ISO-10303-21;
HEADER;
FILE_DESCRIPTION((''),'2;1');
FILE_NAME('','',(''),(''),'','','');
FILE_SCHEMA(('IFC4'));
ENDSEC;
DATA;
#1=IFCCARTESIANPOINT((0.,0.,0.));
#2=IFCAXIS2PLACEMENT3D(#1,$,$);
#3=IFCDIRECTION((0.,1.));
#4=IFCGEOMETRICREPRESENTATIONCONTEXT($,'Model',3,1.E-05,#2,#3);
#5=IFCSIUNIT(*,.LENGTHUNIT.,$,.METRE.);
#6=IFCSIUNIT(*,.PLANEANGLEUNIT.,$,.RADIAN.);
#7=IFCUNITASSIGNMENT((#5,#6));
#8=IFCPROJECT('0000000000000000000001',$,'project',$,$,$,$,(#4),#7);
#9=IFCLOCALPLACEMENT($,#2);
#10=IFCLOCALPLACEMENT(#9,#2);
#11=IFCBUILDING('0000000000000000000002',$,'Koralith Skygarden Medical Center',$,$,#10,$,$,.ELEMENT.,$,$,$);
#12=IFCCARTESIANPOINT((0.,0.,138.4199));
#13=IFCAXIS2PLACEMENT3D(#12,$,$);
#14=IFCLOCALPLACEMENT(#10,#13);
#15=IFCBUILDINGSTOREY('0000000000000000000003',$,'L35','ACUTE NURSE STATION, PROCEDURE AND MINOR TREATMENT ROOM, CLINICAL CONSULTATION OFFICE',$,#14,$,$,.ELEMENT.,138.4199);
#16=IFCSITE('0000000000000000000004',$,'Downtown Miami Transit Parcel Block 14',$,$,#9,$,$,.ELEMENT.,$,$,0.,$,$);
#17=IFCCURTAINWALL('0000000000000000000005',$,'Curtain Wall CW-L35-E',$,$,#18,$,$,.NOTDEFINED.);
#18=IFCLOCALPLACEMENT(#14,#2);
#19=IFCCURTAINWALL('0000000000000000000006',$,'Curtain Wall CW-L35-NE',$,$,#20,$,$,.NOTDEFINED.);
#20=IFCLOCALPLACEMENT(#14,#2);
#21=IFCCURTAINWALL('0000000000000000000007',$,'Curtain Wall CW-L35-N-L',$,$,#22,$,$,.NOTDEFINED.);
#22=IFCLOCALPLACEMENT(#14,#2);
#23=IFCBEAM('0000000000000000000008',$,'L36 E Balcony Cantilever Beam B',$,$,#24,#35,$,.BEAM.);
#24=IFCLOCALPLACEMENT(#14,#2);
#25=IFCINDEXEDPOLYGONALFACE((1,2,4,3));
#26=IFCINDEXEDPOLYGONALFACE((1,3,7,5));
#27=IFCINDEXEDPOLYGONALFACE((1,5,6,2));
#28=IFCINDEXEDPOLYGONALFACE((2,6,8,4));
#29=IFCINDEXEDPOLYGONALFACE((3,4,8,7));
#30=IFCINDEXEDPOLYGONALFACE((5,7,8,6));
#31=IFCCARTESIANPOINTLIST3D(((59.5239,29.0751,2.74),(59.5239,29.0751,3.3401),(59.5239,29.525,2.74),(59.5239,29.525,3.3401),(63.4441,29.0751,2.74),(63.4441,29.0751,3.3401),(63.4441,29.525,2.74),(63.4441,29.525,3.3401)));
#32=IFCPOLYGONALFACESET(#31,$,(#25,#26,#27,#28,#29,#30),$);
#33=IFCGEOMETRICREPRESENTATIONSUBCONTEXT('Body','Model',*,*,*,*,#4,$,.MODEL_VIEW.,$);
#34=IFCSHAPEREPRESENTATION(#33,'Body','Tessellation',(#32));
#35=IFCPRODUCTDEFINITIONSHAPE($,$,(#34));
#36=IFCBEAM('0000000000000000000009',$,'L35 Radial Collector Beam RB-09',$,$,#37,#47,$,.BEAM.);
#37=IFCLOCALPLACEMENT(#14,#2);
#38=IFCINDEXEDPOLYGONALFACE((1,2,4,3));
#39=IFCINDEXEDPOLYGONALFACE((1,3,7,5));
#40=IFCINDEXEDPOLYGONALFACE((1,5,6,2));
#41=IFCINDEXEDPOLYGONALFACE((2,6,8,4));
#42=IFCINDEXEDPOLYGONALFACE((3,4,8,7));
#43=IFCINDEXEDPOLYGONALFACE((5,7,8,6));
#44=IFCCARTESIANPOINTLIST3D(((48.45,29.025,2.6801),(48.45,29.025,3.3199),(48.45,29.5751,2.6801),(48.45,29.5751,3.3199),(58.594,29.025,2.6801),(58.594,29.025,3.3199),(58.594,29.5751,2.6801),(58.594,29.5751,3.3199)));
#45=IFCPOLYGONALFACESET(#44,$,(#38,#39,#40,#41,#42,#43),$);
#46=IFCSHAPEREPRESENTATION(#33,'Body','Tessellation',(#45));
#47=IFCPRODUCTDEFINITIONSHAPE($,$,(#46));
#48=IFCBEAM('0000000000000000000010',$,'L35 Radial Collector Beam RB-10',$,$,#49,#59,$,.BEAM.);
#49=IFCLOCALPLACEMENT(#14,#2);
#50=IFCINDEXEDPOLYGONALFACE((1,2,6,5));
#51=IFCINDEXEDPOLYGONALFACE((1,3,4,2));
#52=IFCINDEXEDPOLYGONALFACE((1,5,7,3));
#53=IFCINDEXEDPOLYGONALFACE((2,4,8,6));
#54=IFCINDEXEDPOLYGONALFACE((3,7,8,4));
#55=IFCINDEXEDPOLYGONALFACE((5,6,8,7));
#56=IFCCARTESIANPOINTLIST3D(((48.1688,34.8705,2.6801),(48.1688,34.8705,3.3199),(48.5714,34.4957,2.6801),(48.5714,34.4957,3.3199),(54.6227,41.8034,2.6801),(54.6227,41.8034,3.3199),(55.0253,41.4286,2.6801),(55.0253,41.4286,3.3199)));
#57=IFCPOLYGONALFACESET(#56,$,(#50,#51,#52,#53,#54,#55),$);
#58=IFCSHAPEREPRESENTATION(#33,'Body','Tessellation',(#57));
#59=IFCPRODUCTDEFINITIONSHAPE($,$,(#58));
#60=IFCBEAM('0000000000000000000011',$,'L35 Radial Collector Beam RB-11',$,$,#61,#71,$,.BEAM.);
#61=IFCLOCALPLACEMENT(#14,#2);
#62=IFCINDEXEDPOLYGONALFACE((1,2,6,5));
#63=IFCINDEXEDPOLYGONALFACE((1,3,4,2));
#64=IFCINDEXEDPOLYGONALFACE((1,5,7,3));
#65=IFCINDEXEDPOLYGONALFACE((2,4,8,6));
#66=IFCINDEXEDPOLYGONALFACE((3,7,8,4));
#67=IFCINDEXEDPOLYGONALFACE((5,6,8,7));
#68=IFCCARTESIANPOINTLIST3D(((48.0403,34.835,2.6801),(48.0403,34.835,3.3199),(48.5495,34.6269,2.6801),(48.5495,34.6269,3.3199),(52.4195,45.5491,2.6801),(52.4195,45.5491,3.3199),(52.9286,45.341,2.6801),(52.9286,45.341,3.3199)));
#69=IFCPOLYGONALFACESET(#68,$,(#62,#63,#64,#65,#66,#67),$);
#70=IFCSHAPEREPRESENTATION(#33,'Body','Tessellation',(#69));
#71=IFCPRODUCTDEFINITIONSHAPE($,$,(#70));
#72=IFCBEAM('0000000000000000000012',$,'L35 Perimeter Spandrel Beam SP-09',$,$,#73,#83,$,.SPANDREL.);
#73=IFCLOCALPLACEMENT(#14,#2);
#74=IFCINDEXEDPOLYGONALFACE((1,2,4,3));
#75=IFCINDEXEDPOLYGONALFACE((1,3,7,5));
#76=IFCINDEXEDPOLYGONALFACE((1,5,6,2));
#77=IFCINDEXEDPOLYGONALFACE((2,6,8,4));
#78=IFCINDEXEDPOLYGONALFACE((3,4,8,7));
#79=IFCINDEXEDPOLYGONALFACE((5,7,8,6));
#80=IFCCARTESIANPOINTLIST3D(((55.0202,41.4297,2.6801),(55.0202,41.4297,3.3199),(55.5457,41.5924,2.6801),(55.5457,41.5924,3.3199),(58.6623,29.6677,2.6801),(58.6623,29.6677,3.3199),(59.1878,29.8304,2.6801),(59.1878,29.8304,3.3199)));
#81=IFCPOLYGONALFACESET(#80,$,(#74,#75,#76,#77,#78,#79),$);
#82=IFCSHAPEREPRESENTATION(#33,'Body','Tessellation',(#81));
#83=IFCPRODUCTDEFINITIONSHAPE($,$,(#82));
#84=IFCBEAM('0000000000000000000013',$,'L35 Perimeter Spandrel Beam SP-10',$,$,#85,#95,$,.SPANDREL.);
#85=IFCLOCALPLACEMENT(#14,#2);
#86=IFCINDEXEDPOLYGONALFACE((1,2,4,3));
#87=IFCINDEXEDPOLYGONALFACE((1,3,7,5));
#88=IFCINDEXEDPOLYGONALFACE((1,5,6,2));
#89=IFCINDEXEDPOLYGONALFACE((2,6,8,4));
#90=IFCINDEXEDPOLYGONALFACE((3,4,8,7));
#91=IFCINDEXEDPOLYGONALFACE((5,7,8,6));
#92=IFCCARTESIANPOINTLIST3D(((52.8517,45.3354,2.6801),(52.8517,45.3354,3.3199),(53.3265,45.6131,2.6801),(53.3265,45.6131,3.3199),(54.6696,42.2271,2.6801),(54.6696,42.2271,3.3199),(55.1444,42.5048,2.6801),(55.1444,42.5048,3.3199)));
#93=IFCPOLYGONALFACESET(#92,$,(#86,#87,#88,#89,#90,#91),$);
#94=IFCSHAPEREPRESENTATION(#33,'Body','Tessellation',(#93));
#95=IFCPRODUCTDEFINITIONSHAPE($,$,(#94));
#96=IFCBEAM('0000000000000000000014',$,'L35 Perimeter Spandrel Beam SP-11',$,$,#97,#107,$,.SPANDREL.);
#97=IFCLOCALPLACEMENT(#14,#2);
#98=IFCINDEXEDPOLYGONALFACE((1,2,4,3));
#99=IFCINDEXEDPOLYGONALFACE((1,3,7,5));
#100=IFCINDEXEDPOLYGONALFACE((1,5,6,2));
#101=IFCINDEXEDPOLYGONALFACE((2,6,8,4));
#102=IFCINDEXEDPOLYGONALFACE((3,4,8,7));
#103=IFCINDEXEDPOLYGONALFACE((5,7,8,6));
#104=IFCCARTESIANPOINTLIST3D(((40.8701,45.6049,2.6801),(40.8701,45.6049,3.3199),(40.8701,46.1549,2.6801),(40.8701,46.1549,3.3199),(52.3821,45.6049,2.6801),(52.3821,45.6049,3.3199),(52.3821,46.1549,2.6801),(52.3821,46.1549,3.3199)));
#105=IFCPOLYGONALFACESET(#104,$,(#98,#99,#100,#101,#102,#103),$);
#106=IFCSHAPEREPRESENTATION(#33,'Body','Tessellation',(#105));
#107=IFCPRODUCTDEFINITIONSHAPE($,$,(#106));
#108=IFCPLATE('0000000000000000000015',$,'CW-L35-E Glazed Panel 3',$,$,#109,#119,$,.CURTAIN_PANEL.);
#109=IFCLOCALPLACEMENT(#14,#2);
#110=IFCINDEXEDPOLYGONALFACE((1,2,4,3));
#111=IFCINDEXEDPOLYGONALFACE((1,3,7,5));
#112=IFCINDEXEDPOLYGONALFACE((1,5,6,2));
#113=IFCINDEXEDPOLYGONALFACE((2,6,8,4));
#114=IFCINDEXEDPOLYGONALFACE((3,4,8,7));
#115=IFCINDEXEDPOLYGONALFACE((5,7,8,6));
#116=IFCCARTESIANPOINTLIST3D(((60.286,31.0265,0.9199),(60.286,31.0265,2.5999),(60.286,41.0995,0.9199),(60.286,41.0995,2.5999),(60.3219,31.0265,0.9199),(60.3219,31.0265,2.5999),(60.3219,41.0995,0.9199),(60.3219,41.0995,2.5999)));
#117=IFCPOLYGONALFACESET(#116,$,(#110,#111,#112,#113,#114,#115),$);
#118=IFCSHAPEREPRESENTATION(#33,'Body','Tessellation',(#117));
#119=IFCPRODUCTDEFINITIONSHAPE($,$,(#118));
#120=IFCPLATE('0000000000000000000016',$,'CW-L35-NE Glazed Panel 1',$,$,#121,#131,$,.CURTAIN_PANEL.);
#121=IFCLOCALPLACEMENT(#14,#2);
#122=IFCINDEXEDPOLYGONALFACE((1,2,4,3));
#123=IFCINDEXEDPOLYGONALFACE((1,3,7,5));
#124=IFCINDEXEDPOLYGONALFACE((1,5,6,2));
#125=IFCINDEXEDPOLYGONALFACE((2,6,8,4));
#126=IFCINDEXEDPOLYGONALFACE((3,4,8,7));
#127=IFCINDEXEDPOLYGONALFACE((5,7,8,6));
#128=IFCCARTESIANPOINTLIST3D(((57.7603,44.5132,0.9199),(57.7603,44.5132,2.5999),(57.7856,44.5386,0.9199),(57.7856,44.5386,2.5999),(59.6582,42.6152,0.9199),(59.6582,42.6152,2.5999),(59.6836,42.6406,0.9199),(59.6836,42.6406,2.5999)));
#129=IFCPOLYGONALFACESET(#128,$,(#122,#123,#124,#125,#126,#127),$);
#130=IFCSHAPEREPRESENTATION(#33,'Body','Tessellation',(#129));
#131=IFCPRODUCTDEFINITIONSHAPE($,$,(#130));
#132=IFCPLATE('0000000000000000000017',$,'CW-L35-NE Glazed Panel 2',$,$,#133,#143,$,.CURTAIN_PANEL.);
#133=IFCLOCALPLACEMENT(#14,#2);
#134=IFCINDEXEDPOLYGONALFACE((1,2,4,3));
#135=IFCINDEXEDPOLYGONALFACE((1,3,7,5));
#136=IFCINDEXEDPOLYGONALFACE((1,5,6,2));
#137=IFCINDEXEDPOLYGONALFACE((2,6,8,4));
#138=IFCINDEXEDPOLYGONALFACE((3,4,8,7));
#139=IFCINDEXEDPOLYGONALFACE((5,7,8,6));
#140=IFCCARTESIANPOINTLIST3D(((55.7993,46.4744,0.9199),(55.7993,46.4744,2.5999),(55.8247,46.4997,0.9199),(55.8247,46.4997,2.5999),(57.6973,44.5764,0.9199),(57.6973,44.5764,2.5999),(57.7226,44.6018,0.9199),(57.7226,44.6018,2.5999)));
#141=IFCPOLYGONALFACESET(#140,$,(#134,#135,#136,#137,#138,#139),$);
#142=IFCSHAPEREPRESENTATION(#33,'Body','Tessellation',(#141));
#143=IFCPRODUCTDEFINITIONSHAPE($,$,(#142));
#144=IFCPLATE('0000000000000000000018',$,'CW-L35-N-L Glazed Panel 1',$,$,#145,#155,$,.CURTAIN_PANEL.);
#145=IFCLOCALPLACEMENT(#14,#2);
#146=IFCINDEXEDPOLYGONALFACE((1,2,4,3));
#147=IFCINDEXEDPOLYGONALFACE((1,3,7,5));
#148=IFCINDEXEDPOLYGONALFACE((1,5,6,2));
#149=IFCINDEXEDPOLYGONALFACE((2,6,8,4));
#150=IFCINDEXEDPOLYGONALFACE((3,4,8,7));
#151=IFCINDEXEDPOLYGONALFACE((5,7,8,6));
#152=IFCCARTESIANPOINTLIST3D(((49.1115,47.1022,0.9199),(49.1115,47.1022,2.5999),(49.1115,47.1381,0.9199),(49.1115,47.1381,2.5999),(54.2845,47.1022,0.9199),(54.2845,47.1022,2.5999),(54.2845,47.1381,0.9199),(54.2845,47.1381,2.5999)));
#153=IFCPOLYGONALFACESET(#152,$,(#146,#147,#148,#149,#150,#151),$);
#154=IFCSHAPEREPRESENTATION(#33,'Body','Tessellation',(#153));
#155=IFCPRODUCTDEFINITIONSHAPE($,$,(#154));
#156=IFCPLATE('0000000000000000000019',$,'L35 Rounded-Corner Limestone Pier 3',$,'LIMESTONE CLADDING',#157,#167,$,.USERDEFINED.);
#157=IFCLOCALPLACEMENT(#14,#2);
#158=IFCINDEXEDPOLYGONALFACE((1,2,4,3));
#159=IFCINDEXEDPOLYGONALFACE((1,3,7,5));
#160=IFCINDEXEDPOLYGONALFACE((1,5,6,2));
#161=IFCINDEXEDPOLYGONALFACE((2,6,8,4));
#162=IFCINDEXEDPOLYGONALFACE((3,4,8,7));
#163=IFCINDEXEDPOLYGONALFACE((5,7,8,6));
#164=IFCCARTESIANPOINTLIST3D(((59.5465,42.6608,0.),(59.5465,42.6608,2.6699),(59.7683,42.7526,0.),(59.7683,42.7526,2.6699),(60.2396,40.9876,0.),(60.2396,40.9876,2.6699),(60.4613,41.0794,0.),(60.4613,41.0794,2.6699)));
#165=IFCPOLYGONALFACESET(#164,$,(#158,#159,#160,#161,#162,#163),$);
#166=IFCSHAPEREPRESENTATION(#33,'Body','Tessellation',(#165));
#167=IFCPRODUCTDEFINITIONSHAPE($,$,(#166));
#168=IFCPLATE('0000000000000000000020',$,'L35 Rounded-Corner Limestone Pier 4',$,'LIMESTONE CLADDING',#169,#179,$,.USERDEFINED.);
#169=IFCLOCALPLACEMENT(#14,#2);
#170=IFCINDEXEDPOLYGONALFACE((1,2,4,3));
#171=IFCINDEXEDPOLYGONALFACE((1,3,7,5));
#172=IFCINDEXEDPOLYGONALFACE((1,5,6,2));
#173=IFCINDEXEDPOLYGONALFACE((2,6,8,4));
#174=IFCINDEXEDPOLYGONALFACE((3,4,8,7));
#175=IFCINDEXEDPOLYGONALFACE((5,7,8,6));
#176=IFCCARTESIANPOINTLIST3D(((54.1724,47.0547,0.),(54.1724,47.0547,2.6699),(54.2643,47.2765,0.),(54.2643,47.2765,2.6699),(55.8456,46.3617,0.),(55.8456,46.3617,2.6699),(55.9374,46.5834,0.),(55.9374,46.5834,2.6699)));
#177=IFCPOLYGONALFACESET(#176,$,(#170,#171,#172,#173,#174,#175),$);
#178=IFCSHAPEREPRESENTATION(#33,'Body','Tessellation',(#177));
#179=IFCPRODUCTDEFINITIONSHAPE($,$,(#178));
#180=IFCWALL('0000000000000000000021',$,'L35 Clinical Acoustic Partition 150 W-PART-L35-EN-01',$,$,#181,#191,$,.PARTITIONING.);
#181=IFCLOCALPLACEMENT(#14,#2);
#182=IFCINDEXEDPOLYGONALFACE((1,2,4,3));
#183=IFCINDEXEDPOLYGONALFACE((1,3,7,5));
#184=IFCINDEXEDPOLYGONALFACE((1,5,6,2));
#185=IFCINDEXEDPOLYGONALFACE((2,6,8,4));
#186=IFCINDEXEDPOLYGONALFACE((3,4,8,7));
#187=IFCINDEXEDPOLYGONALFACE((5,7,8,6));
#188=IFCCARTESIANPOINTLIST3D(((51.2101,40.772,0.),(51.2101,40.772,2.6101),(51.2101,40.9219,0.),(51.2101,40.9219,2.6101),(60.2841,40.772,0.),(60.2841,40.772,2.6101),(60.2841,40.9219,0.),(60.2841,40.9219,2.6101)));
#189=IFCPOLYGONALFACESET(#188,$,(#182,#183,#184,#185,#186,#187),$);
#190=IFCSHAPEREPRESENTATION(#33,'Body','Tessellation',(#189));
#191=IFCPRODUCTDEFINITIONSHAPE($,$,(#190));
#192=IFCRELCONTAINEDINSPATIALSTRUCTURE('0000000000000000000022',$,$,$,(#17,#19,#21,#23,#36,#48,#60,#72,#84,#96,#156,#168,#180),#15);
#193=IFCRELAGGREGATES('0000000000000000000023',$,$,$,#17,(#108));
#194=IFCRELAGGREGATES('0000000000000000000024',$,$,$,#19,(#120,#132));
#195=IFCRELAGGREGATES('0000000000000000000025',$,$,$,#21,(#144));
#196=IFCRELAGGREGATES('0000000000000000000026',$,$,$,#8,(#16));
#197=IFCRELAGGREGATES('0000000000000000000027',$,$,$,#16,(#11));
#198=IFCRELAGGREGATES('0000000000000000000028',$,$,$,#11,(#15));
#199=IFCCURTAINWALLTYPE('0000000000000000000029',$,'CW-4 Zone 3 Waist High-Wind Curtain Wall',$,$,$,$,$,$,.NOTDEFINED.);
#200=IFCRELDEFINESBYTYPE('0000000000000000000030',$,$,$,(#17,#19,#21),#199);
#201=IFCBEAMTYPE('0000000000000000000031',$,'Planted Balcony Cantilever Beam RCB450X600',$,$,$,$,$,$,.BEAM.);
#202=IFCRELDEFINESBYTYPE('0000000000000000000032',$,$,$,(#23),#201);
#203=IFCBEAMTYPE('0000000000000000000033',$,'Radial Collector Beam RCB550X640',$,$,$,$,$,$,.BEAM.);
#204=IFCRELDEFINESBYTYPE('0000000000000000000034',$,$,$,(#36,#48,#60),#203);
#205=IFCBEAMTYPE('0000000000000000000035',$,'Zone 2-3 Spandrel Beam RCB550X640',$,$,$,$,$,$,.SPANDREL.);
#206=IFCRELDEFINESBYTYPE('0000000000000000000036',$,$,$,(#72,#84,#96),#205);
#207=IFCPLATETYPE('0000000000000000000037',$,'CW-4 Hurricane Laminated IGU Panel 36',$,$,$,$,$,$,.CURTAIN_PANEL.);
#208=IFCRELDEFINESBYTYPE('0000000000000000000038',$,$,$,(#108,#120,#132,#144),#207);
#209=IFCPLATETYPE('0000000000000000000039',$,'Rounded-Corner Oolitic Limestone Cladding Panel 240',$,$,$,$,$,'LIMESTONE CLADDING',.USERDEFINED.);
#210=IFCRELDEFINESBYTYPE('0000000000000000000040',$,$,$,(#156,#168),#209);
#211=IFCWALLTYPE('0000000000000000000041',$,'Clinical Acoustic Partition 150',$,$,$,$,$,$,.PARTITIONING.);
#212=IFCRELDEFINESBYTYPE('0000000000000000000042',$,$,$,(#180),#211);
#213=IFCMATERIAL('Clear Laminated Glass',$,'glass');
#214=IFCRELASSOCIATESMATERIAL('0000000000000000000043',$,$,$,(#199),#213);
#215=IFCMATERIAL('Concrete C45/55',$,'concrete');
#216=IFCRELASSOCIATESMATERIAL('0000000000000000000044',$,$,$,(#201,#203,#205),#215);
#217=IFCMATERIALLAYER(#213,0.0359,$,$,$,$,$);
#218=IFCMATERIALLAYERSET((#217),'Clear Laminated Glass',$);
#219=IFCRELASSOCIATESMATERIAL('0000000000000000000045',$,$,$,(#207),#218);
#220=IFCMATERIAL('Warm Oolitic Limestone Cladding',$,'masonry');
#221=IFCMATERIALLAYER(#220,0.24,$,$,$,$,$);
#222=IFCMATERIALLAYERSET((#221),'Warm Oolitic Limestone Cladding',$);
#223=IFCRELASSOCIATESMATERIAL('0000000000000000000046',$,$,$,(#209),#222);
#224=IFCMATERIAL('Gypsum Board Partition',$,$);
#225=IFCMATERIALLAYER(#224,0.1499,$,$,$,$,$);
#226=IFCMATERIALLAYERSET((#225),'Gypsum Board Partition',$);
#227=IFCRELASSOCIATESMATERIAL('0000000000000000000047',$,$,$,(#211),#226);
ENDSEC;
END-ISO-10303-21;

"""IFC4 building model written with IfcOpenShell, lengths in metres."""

from ifc_helpers import new_model, si_unit, direction, frame, frame_2d, origin, origin_2d, place, context, subcontext, project, spatial, rectangle, extrude, material, layer, layer_set, material_profile, profile_set, type_object, element, aggregate, save


model = new_model("IFC4")

# Units and contexts
model_context = context("Model", 3, precision=1e-05, world=origin(), true_north=direction((0.0, 1.0)))
body_context = subcontext(model_context, "Body", "Model", "MODEL_VIEW")
ifc_project = project(units=[si_unit("LENGTHUNIT", "METRE"), si_unit("PLANEANGLEUNIT", "RADIAN")], contexts=[model_context])

# Site, building, storey
site_placement = place(None, origin())
site = spatial("IfcSite", under=ifc_project, at=site_placement, Name="Downtown Miami Transit Parcel Block 14", CompositionType="ELEMENT", RefElevation=0.0)
building_placement = place(site_placement, origin())
building = spatial("IfcBuilding", under=site, at=building_placement, Name="Koralith Skygarden Medical Center", CompositionType="ELEMENT")
storey_placement = place(building_placement, frame((0.0, 0.0, 138.4199)))
storey = spatial("IfcBuildingStorey", under=building, at=storey_placement, Name="L35", Description="ACUTE NURSE STATION, PROCEDURE AND MINOR TREATMENT ROOM, CLINICAL CONSULTATION OFFICE", CompositionType="ELEMENT", Elevation=138.4199)

# Curtain walls
ifc_material_1 = material(Name="Clear Laminated Glass", Category="glass")
curtain_wall_type = type_object("IfcCurtainWallType", Name="CW-4 Zone 3 Waist High-Wind Curtain Wall", PredefinedType="NOTDEFINED", material=ifc_material_1)
curtain_wall_1_placement = place(storey_placement, origin())
curtain_wall_1 = element("IfcCurtainWall", 1, at=curtain_wall_1_placement, inside=storey, type_object=curtain_wall_type, Name="Curtain Wall CW-L35-E", PredefinedType="NOTDEFINED")
curtain_wall_2_placement = place(storey_placement, origin())
curtain_wall_2 = element("IfcCurtainWall", 2, at=curtain_wall_2_placement, inside=storey, type_object=curtain_wall_type, Name="Curtain Wall CW-L35-NE", PredefinedType="NOTDEFINED")
curtain_wall_3_placement = place(storey_placement, origin())
curtain_wall_3 = element("IfcCurtainWall", 3, at=curtain_wall_3_placement, inside=storey, type_object=curtain_wall_type, Name="Curtain Wall CW-L35-N-L", PredefinedType="NOTDEFINED")

# Beams
ifc_material_2 = material(Name="Concrete C45/55", Category="concrete")
ifc_material_profile_1 = material_profile(ifc_material_2, rectangle(XDim=0.45, YDim=0.6001, at=origin_2d()), Name="RCB450X600")
ifc_profile_set_1 = profile_set([ifc_material_profile_1], Name="Concrete C45/55")
beam_type_1 = type_object("IfcBeamType", Name="Planted Balcony Cantilever Beam RCB450X600", PredefinedType="BEAM", material=ifc_profile_set_1)
beam_1_placement = place(storey_placement, frame((59.5239, 29.3, 3.04), z_axis=(1.0, 0.0, 0.0), x_axis=(0.0, 1.0, 0.0)))
element("IfcBeam", 4, at=beam_1_placement, inside=storey, type_object=beam_type_1, Name="L36 E Balcony Cantilever Beam B", PredefinedType="BEAM", context=body_context, shape_type="SweptSolid", body=[
    extrude(rectangle(XDim=0.45, YDim=0.6001, at=origin_2d()), origin(), (0.0, 0.0, 1.0), 3.9202),
])
ifc_material_profile_2 = material_profile(ifc_material_2, rectangle(XDim=0.55, YDim=0.6399, at=origin_2d()), Name="RCB550X640")
ifc_profile_set_2 = profile_set([ifc_material_profile_2], Name="Concrete C45/55")
beam_type_2 = type_object("IfcBeamType", Name="Radial Collector Beam RCB550X640", PredefinedType="BEAM", material=ifc_profile_set_2)
beam_2_placement = place(storey_placement, frame((48.45, 29.3, 3.0), z_axis=(1.0, 0.0, 0.0), x_axis=(0.0, 1.0, 0.0)))
element("IfcBeam", 5, at=beam_2_placement, inside=storey, type_object=beam_type_2, Name="L35 Radial Collector Beam RB-09", PredefinedType="BEAM", context=body_context, shape_type="SweptSolid", body=[
    extrude(rectangle(XDim=0.55, YDim=0.6399, at=origin_2d()), origin(), (0.0, 0.0, 1.0), 10.144),
])
beam_3_placement = place(storey_placement, frame((48.3701, 34.6831, 3.0), z_axis=(0.681369, 0.73194, 0.0), x_axis=(-0.73194, 0.681369, 0.0)))
element("IfcBeam", 6, at=beam_3_placement, inside=storey, type_object=beam_type_2, Name="L35 Radial Collector Beam RB-10", PredefinedType="BEAM", context=body_context, shape_type="SweptSolid", body=[
    extrude(rectangle(XDim=0.55, YDim=0.6399, at=origin_2d()), origin(), (0.0, 0.0, 1.0), 9.4719),
])
beam_4_placement = place(storey_placement, frame((48.2949, 34.731, 3.0), z_axis=(0.378345, 0.925665, 0.0), x_axis=(-0.925665, 0.378345, 0.0)))
element("IfcBeam", 7, at=beam_4_placement, inside=storey, type_object=beam_type_2, Name="L35 Radial Collector Beam RB-11", PredefinedType="BEAM", context=body_context, shape_type="SweptSolid", body=[
    extrude(rectangle(XDim=0.55, YDim=0.6399, at=origin_2d()), origin(), (0.0, 0.0, 1.0), 11.5745),
])
ifc_material_profile_3 = material_profile(ifc_material_2, rectangle(XDim=0.55, YDim=0.6399, at=origin_2d()), Name="RCB550X640")
ifc_profile_set_3 = profile_set([ifc_material_profile_3], Name="Concrete C45/55")
beam_type_3 = type_object("IfcBeamType", Name="Zone 2-3 Spandrel Beam RCB550X640", PredefinedType="SPANDREL", material=ifc_profile_set_3)
beam_5_placement = place(storey_placement, frame((58.925, 29.749, 3.0), z_axis=(-0.295794, 0.955252, 0.0), x_axis=(-0.955252, -0.295794, 0.0)))
element("IfcBeam", 8, at=beam_5_placement, inside=storey, type_object=beam_type_3, Name="L35 Perimeter Spandrel Beam SP-09", PredefinedType="SPANDREL", context=body_context, shape_type="SweptSolid", body=[
    extrude(rectangle(XDim=0.55, YDim=0.6399, at=origin_2d()), origin(), (0.0, 0.0, 1.0), 12.313),
])
beam_6_placement = place(storey_placement, frame((54.907, 42.366, 3.0), z_axis=(-0.504861, 0.8632, 0.0), x_axis=(-0.8632, -0.504861, 0.0)))
element("IfcBeam", 9, at=beam_6_placement, inside=storey, type_object=beam_type_3, Name="L35 Perimeter Spandrel Beam SP-10", PredefinedType="SPANDREL", context=body_context, shape_type="SweptSolid", body=[
    extrude(rectangle(XDim=0.55, YDim=0.6399, at=origin_2d()), origin(), (0.0, 0.0, 1.0), 3.6008),
])
beam_7_placement = place(storey_placement, frame((52.3821, 45.8799, 3.0), z_axis=(-1.0, 0.0, 0.0), x_axis=(0.0, -1.0, 0.0)))
element("IfcBeam", 10, at=beam_7_placement, inside=storey, type_object=beam_type_3, Name="L35 Perimeter Spandrel Beam SP-11", PredefinedType="SPANDREL", context=body_context, shape_type="SweptSolid", body=[
    extrude(rectangle(XDim=0.55, YDim=0.6399, at=origin_2d()), origin(), (0.0, 0.0, 1.0), 11.512),
])

# Plates
ifc_layer_1 = layer(ifc_material_1, 0.0359)
ifc_layer_set_1 = layer_set([ifc_layer_1], Name="Clear Laminated Glass")
plate_type_1 = type_object("IfcPlateType", Name="CW-4 Hurricane Laminated IGU Panel 36", PredefinedType="CURTAIN_PANEL", material=ifc_layer_set_1)
plate_1_placement = place(storey_placement, frame((60.304, 36.063, 0.9199), z_axis=(0.0, 0.0, 1.0), x_axis=(0.0, 1.0, 0.0)))
plate_1 = element("IfcPlate", 11, at=plate_1_placement, type_object=plate_type_1, Name="CW-L35-E Glazed Panel 3", PredefinedType="CURTAIN_PANEL", context=body_context, shape_type="SweptSolid", body=[
    extrude(rectangle(XDim=10.073, YDim=0.0359, at=origin_2d()), origin(), (0.0, 0.0, 1.0), 1.6799),
])
aggregate(curtain_wall_1, [plate_1])
plate_2_placement = place(storey_placement, frame((58.7219, 43.5769, 0.9199), z_axis=(0.0, 0.0, 1.0), x_axis=(-0.707107, 0.707107, 0.0)))
plate_2 = element("IfcPlate", 12, at=plate_2_placement, type_object=plate_type_1, Name="CW-L35-NE Glazed Panel 1", PredefinedType="CURTAIN_PANEL", context=body_context, shape_type="SweptSolid", body=[
    extrude(rectangle(XDim=2.6841, YDim=0.0359, at=origin_2d()), origin(), (0.0, 0.0, 1.0), 1.6799),
])
plate_3_placement = place(storey_placement, frame((56.761, 45.5381, 0.9199), z_axis=(0.0, 0.0, 1.0), x_axis=(-0.707107, 0.707107, 0.0)))
plate_3 = element("IfcPlate", 13, at=plate_3_placement, type_object=plate_type_1, Name="CW-L35-NE Glazed Panel 2", PredefinedType="CURTAIN_PANEL", context=body_context, shape_type="SweptSolid", body=[
    extrude(rectangle(XDim=2.6841, YDim=0.0359, at=origin_2d()), origin(), (0.0, 0.0, 1.0), 1.6799),
])
aggregate(curtain_wall_2, [plate_2, plate_3])
plate_4_placement = place(storey_placement, frame((51.698, 47.1201, 0.9199), z_axis=(0.0, 0.0, 1.0), x_axis=(-1.0, 0.0, 0.0)))
plate_4 = element("IfcPlate", 14, at=plate_4_placement, type_object=plate_type_1, Name="CW-L35-N-L Glazed Panel 1", PredefinedType="CURTAIN_PANEL", context=body_context, shape_type="SweptSolid", body=[
    extrude(rectangle(XDim=5.1731, YDim=0.0359, at=origin_2d()), origin(), (0.0, 0.0, 1.0), 1.6799),
])
aggregate(curtain_wall_3, [plate_4])

# Plates
ifc_material_3 = material(Name="Warm Oolitic Limestone Cladding", Category="masonry")
ifc_layer_2 = layer(ifc_material_3, 0.24)
ifc_layer_set_2 = layer_set([ifc_layer_2], Name="Warm Oolitic Limestone Cladding")
plate_type_2 = type_object("IfcPlateType", Name="Rounded-Corner Oolitic Limestone Cladding Panel 240", ElementType="LIMESTONE CLADDING", PredefinedType="USERDEFINED", material=ifc_layer_set_2)
for number, where, z_axis, x_axis, name in (
    (15, (60.0039, 41.8701, 0.0), (0.0, 0.0, 1.0), (-0.382671, 0.923885, 0.0), "L35 Rounded-Corner Limestone Pier 3"),
    (16, (55.0549, 46.8191, 0.0), (0.0, 0.0, 1.0), (-0.923885, 0.382671, 0.0), "L35 Rounded-Corner Limestone Pier 4"),
):
    element("IfcPlate", number, at=place(storey_placement, frame(where, z_axis=z_axis, x_axis=x_axis)), inside=storey, type_object=plate_type_2, Name=name, ObjectType="LIMESTONE CLADDING", PredefinedType="USERDEFINED", context=body_context, shape_type="SweptSolid", body=[
        extrude(rectangle(XDim=1.811, YDim=0.24, at=origin_2d()), origin(), (0.0, 0.0, 1.0), 2.6699),
    ])

# Wall
ifc_material_4 = material(Name="Gypsum Board Partition")
ifc_layer_3 = layer(ifc_material_4, 0.1499)
ifc_layer_set_3 = layer_set([ifc_layer_3], Name="Gypsum Board Partition")
wall_type_1 = type_object("IfcWallType", Name="Clinical Acoustic Partition 150", PredefinedType="PARTITIONING", material=ifc_layer_set_3)
wall_1_placement = place(storey_placement, frame((51.21, 40.8469, 0.0), z_axis=(0.0, 0.0, 1.0), x_axis=(1.0, 0.0, 0.0)))
element("IfcWall", 17, at=wall_1_placement, inside=storey, type_object=wall_type_1, Name="L35 Clinical Acoustic Partition 150 W-PART-L35-EN-01", PredefinedType="PARTITIONING", context=body_context, shape_type="SweptSolid", body=[
    extrude(rectangle(XDim=9.074, YDim=0.1499, at=frame_2d((4.5371, 0.0))), origin(), (0.0, 0.0, 1.0), 2.6101),
])

save(model, "model.ifc")
